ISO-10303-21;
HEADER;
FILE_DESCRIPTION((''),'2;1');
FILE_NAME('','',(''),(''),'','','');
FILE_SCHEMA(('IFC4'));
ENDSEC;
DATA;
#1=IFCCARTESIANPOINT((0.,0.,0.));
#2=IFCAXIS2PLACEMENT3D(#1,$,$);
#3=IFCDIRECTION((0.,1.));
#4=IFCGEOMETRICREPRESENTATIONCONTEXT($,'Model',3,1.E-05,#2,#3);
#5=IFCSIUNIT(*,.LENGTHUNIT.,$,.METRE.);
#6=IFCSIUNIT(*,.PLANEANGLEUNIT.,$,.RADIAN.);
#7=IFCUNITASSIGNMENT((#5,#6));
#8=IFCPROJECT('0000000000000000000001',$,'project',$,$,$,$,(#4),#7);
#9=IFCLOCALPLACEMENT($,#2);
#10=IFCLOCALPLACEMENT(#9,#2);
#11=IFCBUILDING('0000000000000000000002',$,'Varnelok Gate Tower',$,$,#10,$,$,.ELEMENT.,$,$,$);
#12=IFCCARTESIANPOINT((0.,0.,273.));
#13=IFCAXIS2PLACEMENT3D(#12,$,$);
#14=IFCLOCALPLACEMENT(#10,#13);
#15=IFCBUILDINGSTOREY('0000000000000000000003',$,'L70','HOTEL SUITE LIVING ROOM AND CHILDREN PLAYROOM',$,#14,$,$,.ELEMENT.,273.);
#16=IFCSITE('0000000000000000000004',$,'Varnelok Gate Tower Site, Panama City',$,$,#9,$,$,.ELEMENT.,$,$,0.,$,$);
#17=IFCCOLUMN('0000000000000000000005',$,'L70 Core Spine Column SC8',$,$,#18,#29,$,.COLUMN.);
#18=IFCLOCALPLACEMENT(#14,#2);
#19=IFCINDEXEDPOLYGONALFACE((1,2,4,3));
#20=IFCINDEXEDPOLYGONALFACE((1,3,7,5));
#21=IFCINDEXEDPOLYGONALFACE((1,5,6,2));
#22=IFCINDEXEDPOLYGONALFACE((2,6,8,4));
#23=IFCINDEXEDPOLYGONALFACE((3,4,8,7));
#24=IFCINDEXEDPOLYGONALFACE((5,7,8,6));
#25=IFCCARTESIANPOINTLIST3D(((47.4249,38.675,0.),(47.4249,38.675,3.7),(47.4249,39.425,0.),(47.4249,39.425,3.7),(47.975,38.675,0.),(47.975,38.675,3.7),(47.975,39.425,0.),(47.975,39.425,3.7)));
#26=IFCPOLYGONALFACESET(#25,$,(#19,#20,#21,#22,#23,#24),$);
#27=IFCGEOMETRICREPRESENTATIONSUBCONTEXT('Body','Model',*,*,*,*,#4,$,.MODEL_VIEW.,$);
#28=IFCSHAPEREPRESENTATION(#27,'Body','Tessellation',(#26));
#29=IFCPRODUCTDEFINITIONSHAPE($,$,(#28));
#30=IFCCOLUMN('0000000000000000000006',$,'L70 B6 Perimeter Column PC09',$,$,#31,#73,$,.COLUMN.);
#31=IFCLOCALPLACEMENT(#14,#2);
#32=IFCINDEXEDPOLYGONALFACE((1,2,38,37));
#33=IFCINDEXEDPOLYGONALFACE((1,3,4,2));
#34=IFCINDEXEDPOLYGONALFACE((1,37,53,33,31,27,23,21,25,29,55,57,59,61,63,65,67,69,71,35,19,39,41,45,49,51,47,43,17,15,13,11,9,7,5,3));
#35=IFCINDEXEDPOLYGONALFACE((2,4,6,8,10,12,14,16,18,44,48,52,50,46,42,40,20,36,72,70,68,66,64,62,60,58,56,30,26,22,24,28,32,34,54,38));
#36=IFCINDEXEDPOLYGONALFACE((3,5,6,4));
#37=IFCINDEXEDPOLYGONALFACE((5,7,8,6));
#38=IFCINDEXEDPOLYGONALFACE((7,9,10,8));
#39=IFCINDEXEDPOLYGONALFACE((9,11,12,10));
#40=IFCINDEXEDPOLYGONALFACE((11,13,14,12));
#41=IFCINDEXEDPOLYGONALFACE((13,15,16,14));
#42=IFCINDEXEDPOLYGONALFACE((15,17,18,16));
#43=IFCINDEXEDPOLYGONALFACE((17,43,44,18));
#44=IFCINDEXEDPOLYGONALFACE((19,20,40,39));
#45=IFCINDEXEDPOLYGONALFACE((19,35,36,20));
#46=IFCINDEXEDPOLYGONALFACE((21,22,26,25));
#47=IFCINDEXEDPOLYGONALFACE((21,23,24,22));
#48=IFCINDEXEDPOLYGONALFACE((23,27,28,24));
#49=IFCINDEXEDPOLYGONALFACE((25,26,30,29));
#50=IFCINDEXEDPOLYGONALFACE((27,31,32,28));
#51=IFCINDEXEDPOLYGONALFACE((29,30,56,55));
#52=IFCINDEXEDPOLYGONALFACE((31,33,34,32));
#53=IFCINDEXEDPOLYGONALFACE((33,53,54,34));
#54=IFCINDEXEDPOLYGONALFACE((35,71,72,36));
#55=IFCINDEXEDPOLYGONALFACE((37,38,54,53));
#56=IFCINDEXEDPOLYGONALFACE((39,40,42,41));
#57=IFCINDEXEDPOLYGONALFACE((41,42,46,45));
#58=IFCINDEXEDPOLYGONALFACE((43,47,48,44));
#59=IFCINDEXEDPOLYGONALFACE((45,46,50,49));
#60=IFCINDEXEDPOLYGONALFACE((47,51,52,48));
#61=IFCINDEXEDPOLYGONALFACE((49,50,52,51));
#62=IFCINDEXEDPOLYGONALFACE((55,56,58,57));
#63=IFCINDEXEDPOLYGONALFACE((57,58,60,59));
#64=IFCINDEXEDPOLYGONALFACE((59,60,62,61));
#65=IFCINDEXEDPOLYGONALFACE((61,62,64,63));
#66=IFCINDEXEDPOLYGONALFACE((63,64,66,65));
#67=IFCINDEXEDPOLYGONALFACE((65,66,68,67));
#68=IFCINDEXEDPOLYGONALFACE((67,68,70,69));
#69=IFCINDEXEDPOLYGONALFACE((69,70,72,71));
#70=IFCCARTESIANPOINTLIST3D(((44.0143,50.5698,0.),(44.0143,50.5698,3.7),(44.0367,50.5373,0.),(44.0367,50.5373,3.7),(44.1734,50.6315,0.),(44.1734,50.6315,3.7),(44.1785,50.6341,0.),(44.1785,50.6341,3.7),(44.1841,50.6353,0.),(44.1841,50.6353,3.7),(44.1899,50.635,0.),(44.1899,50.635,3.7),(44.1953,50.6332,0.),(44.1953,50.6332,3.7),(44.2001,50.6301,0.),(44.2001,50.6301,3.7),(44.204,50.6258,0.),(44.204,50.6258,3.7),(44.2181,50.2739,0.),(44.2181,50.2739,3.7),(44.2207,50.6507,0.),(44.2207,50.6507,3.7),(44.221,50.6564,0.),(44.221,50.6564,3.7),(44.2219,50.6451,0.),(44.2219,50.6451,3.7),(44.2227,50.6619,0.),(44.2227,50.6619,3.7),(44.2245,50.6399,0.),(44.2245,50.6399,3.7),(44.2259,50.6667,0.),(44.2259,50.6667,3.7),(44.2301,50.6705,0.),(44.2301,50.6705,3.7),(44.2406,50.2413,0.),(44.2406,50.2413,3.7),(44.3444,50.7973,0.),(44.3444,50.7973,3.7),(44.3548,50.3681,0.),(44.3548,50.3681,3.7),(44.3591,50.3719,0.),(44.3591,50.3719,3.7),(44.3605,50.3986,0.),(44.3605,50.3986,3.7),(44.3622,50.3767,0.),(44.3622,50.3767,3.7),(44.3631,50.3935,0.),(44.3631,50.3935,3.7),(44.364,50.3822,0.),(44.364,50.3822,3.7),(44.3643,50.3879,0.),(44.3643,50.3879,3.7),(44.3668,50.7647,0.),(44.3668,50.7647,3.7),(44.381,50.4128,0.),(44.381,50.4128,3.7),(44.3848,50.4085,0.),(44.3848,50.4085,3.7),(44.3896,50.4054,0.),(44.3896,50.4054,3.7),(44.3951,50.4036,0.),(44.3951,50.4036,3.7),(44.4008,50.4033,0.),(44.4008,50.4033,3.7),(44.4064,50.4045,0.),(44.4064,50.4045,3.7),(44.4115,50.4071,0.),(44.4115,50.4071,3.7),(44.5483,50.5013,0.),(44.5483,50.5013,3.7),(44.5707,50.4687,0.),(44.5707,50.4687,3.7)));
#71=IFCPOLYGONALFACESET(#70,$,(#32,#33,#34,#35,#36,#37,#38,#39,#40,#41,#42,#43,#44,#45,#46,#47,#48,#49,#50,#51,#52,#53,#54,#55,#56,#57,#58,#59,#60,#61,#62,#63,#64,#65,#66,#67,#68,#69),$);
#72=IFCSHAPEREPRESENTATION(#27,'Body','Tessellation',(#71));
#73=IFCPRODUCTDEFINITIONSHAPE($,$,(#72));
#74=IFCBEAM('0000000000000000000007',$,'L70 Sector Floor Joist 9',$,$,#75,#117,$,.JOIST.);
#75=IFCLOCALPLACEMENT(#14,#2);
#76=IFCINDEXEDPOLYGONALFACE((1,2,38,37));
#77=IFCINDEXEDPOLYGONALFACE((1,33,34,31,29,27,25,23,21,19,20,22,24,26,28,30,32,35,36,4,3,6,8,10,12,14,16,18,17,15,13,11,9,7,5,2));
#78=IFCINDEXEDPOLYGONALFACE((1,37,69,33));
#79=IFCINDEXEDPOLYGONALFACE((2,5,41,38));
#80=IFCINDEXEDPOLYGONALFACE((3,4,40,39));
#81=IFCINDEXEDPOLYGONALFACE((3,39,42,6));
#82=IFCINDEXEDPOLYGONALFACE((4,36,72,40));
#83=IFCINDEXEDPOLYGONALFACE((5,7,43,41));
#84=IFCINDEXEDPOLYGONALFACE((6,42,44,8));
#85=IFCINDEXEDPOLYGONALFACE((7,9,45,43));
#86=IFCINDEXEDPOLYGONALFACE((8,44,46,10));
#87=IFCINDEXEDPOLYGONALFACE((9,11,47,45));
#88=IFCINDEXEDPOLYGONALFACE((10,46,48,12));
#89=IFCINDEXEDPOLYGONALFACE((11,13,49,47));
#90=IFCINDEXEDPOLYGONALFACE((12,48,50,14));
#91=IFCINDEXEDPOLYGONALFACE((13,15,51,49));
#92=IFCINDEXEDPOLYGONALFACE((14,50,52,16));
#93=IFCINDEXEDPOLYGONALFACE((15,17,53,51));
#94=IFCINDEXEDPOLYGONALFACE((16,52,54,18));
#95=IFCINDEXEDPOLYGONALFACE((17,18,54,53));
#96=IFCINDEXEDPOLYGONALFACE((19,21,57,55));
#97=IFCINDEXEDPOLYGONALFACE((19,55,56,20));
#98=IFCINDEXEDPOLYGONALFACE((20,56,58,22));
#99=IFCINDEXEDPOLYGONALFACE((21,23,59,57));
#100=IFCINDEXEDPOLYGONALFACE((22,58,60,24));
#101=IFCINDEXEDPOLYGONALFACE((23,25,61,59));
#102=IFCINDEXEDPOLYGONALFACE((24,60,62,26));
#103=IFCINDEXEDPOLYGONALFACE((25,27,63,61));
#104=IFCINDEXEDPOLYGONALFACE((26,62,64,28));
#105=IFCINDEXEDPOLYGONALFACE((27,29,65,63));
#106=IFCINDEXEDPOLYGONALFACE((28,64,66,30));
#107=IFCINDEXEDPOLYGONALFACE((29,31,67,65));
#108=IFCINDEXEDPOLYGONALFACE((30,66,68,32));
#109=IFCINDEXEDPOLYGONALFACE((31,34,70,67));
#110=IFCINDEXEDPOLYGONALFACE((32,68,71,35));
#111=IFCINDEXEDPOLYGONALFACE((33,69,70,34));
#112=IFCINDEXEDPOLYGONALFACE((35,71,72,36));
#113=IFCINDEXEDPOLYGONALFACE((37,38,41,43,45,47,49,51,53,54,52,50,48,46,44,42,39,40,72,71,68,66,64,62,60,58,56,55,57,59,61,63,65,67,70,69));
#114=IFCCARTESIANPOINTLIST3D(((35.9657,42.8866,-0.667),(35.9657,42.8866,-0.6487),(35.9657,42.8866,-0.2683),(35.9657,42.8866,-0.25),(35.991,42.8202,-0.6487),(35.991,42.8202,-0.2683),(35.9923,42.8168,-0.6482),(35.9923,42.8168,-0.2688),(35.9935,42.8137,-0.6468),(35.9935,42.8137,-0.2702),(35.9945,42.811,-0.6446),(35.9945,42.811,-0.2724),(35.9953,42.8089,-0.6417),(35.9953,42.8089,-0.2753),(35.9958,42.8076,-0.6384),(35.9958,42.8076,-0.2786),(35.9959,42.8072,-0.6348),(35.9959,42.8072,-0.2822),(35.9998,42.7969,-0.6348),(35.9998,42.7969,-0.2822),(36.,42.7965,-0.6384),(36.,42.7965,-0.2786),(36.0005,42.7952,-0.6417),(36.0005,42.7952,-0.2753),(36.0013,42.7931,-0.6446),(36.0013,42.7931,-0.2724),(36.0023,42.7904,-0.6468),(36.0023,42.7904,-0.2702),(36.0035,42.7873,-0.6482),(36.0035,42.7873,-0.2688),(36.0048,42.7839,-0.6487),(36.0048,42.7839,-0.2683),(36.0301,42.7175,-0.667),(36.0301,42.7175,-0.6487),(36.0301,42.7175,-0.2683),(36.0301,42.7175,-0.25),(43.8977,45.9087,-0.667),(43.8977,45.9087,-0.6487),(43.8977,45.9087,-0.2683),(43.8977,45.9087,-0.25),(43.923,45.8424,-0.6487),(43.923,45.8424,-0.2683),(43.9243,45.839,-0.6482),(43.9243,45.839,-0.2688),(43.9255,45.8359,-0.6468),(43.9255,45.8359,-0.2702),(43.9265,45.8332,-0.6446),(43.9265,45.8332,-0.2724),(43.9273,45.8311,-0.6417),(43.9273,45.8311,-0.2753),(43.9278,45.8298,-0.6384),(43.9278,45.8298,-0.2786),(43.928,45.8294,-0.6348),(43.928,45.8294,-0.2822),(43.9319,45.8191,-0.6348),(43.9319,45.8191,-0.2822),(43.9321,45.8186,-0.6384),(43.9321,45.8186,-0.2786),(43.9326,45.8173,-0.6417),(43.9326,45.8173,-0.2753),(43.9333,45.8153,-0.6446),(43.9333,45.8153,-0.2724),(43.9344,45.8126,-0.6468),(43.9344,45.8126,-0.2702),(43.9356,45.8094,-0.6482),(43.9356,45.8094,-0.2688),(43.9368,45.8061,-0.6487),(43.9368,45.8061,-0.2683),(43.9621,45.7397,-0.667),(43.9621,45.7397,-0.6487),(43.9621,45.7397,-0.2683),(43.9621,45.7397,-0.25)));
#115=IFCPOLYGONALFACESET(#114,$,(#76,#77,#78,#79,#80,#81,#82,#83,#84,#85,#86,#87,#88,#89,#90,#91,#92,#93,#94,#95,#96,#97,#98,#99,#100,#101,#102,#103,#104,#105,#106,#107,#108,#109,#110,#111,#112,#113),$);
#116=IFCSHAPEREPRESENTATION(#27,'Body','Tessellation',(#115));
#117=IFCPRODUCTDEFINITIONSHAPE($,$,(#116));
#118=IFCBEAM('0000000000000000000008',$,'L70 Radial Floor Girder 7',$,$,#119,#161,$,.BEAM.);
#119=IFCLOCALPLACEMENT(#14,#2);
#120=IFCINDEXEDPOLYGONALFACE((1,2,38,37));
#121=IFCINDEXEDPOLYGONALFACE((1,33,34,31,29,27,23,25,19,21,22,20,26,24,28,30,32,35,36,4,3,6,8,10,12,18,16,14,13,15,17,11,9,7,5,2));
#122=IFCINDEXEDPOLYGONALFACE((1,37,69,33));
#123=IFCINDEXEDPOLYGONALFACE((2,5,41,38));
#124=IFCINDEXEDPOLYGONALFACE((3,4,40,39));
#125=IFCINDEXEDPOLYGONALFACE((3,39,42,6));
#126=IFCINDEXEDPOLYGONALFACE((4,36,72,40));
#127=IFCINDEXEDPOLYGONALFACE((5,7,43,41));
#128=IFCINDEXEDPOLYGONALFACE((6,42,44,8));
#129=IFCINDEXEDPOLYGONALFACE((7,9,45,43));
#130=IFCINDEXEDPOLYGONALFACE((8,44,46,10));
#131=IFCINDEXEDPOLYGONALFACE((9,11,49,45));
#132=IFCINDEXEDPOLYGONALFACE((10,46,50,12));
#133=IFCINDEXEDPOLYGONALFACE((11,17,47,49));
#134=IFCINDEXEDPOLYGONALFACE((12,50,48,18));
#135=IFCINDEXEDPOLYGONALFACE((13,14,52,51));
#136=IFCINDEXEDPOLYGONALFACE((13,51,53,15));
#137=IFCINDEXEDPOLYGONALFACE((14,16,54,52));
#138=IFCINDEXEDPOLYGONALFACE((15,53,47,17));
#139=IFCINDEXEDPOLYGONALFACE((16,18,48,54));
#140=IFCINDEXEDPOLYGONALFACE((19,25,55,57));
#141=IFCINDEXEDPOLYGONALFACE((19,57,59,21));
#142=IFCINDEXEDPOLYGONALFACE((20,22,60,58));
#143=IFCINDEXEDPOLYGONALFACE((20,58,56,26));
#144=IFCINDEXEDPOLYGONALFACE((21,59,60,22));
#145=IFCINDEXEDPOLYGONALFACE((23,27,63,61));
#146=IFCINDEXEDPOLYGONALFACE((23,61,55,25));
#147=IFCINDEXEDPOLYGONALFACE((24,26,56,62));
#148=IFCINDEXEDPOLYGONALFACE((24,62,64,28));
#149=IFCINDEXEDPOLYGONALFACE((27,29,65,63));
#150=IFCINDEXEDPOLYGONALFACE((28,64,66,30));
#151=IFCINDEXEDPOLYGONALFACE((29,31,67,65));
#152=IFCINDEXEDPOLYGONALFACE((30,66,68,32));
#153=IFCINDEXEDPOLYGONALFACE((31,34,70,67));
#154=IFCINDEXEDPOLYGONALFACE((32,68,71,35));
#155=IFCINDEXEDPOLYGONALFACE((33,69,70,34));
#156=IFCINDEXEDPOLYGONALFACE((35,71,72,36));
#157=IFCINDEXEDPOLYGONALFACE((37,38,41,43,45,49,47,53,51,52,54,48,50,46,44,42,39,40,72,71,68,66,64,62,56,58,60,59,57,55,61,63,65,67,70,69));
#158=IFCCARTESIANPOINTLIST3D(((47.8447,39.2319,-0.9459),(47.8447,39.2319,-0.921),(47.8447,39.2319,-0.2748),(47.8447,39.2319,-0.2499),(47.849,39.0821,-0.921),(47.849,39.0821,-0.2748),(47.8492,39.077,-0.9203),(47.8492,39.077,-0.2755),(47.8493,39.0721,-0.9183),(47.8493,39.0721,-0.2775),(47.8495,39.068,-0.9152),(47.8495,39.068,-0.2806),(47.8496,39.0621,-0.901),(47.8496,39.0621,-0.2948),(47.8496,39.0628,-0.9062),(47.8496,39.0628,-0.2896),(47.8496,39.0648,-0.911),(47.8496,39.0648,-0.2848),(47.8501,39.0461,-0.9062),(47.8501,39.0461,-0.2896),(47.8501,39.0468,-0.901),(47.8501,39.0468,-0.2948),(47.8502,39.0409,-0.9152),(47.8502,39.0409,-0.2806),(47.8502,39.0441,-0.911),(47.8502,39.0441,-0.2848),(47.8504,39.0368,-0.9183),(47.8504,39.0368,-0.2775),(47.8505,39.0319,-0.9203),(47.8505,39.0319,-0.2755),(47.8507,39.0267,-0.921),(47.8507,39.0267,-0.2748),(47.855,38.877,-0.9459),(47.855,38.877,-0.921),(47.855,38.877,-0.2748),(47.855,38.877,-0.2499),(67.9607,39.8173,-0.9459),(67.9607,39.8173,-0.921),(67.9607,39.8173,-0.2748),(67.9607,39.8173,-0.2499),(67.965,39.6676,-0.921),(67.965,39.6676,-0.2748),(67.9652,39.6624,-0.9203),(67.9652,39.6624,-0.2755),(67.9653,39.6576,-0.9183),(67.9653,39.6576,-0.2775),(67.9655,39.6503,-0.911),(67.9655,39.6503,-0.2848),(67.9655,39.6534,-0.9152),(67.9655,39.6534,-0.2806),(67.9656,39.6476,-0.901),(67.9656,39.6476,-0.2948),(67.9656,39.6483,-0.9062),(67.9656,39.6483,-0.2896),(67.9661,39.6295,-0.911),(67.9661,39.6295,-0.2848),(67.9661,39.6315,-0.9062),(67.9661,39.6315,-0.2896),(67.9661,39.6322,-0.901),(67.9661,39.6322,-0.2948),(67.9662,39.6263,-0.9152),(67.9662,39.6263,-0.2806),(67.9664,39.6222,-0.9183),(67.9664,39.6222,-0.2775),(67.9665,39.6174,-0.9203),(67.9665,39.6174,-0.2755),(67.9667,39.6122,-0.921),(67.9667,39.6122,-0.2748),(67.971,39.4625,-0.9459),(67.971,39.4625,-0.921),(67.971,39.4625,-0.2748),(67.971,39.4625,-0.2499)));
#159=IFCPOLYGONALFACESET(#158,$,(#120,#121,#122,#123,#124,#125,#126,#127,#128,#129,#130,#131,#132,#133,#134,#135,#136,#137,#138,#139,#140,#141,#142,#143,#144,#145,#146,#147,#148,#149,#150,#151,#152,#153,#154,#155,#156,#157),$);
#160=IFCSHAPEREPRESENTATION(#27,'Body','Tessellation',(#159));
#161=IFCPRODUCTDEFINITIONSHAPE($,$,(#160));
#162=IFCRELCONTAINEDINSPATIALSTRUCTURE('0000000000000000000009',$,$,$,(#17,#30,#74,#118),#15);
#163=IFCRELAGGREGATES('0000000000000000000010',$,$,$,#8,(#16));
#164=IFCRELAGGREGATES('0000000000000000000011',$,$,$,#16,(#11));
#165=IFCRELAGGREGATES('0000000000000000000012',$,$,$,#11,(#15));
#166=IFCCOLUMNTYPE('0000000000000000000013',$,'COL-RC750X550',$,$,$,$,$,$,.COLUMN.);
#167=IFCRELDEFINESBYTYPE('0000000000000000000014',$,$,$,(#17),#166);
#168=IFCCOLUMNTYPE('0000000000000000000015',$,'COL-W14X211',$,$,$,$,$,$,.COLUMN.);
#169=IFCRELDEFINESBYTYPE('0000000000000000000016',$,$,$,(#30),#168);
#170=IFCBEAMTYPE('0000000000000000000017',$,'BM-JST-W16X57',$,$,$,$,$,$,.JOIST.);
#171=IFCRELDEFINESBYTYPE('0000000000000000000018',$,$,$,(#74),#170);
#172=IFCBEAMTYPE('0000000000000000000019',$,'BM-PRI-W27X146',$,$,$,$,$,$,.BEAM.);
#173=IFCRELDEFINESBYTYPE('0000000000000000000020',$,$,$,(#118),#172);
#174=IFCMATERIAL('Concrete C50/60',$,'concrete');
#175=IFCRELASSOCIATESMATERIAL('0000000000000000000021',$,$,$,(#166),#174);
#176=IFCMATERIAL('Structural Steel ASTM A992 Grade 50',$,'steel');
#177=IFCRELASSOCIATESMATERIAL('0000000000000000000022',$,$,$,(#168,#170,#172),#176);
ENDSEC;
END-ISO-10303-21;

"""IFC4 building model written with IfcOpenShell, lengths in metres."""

from ifc_helpers import new_model, si_unit, direction, frame, origin, origin_2d, place, context, subcontext, project, spatial, rectangle, i_section, extrude, material, material_profile, profile_set, type_object, element, save


model = new_model("IFC4")

# Units and contexts
model_context = context("Model", 3, precision=1e-05, world=origin(), true_north=direction((0.0, 1.0)))
body_context = subcontext(model_context, "Body", "Model", "MODEL_VIEW")
ifc_project = project(units=[si_unit("LENGTHUNIT", "METRE"), si_unit("PLANEANGLEUNIT", "RADIAN")], contexts=[model_context])

# Site, building, storey
site_placement = place(None, origin())
site = spatial("IfcSite", under=ifc_project, at=site_placement, Name="Varnelok Gate Tower Site, Panama City", CompositionType="ELEMENT", RefElevation=0.0)
building_placement = place(site_placement, origin())
building = spatial("IfcBuilding", under=site, at=building_placement, Name="Varnelok Gate Tower", CompositionType="ELEMENT")
storey_placement = place(building_placement, frame((0.0, 0.0, 273.0)))
storey = spatial("IfcBuildingStorey", under=building, at=storey_placement, Name="L70", Description="HOTEL SUITE LIVING ROOM AND CHILDREN PLAYROOM", CompositionType="ELEMENT", Elevation=273.0)

# Columns
ifc_material_1 = material(Name="Concrete C50/60", Category="concrete")
ifc_material_profile_1 = material_profile(ifc_material_1, rectangle(XDim=0.55, YDim=0.75, at=origin_2d()), Name="RC750X550")
ifc_profile_set_1 = profile_set([ifc_material_profile_1], Name="Concrete C50/60")
column_type_1 = type_object("IfcColumnType", Name="COL-RC750X550", PredefinedType="COLUMN", material=ifc_profile_set_1)
column_1_placement = place(storey_placement, frame((47.7, 39.05, 0.0), z_axis=(0.0, 0.0, 1.0), x_axis=(1.0, 0.0, 0.0)))
element("IfcColumn", 1, at=column_1_placement, inside=storey, type_object=column_type_1, Name="L70 Core Spine Column SC8", PredefinedType="COLUMN", context=body_context, shape_type="SweptSolid", body=[
    extrude(rectangle(XDim=0.55, YDim=0.75, at=origin_2d()), origin(), (0.0, 0.0, 1.0), 3.7),
])
ifc_material_2 = material(Name="Structural Steel ASTM A992 Grade 50", Category="steel")
ifc_material_profile_2 = material_profile(ifc_material_2, i_section(OverallWidth=0.4009, OverallDepth=0.3989, WebThickness=0.0249, FlangeThickness=0.0396, FilletRadius=0.022, at=origin_2d()), Name="W14X211")
ifc_profile_set_2 = profile_set([ifc_material_profile_2], Name="Structural Steel ASTM A992 Grade 50")
column_type_2 = type_object("IfcColumnType", Name="COL-W14X211", PredefinedType="COLUMN", material=ifc_profile_set_2)
column_2_placement = place(storey_placement, frame((44.2925, 50.5193, 0.0), z_axis=(0.0, 0.0, 1.0), x_axis=(0.823533, 0.567269, 0.0)))
element("IfcColumn", 2, at=column_2_placement, inside=storey, type_object=column_type_2, Name="L70 B6 Perimeter Column PC09", PredefinedType="COLUMN", context=body_context, shape_type="SweptSolid", body=[
    extrude(i_section(OverallWidth=0.4009, OverallDepth=0.3989, WebThickness=0.0249, FlangeThickness=0.0396, FilletRadius=0.022, at=origin_2d()), origin(), (0.0, 0.0, 1.0), 3.7),
])

# Beams
ifc_material_profile_3 = material_profile(ifc_material_2, i_section(OverallWidth=0.1809, OverallDepth=0.417, WebThickness=0.011, FlangeThickness=0.0183, FilletRadius=0.0139, at=origin_2d()), Name="W16X57")
ifc_profile_set_3 = profile_set([ifc_material_profile_3], Name="Structural Steel ASTM A992 Grade 50")
beam_type_1 = type_object("IfcBeamType", Name="BM-JST-W16X57", PredefinedType="JOIST", material=ifc_profile_set_3)
beam_1_placement = place(storey_placement, frame((43.9299, 45.8242, -0.4585), z_axis=(-0.93447, -0.356042, 0.0), x_axis=(0.356042, -0.93447, 0.0)))
element("IfcBeam", 3, at=beam_1_placement, inside=storey, type_object=beam_type_1, Name="L70 Sector Floor Joist 9", PredefinedType="JOIST", context=body_context, shape_type="SweptSolid", body=[
    extrude(i_section(OverallWidth=0.1809, OverallDepth=0.417, WebThickness=0.011, FlangeThickness=0.0183, FilletRadius=0.0139, at=origin_2d()), origin(), (0.0, 0.0, 1.0), 8.4883),
])
ifc_material_profile_4 = material_profile(ifc_material_2, i_section(OverallWidth=0.355, OverallDepth=0.696, WebThickness=0.0154, FlangeThickness=0.0249, FilletRadius=0.02, at=origin_2d()), Name="W27X146")
ifc_profile_set_4 = profile_set([ifc_material_profile_4], Name="Structural Steel ASTM A992 Grade 50")
beam_type_2 = type_object("IfcBeamType", Name="BM-PRI-W27X146", PredefinedType="BEAM", material=ifc_profile_set_4)
beam_2_placement = place(storey_placement, frame((47.8499, 39.0544, -0.5979), z_axis=(0.999577, 0.029091, 0.0), x_axis=(-0.029091, 0.999577, 0.0)))
element("IfcBeam", 4, at=beam_2_placement, inside=storey, type_object=beam_type_2, Name="L70 Radial Floor Girder 7", PredefinedType="BEAM", context=body_context, shape_type="SweptSolid", body=[
    extrude(i_section(OverallWidth=0.355, OverallDepth=0.696, WebThickness=0.0154, FlangeThickness=0.0249, FilletRadius=0.02, at=origin_2d()), origin(), (0.0, 0.0, 1.0), 20.1245),
])

save(model, "model.ifc")
